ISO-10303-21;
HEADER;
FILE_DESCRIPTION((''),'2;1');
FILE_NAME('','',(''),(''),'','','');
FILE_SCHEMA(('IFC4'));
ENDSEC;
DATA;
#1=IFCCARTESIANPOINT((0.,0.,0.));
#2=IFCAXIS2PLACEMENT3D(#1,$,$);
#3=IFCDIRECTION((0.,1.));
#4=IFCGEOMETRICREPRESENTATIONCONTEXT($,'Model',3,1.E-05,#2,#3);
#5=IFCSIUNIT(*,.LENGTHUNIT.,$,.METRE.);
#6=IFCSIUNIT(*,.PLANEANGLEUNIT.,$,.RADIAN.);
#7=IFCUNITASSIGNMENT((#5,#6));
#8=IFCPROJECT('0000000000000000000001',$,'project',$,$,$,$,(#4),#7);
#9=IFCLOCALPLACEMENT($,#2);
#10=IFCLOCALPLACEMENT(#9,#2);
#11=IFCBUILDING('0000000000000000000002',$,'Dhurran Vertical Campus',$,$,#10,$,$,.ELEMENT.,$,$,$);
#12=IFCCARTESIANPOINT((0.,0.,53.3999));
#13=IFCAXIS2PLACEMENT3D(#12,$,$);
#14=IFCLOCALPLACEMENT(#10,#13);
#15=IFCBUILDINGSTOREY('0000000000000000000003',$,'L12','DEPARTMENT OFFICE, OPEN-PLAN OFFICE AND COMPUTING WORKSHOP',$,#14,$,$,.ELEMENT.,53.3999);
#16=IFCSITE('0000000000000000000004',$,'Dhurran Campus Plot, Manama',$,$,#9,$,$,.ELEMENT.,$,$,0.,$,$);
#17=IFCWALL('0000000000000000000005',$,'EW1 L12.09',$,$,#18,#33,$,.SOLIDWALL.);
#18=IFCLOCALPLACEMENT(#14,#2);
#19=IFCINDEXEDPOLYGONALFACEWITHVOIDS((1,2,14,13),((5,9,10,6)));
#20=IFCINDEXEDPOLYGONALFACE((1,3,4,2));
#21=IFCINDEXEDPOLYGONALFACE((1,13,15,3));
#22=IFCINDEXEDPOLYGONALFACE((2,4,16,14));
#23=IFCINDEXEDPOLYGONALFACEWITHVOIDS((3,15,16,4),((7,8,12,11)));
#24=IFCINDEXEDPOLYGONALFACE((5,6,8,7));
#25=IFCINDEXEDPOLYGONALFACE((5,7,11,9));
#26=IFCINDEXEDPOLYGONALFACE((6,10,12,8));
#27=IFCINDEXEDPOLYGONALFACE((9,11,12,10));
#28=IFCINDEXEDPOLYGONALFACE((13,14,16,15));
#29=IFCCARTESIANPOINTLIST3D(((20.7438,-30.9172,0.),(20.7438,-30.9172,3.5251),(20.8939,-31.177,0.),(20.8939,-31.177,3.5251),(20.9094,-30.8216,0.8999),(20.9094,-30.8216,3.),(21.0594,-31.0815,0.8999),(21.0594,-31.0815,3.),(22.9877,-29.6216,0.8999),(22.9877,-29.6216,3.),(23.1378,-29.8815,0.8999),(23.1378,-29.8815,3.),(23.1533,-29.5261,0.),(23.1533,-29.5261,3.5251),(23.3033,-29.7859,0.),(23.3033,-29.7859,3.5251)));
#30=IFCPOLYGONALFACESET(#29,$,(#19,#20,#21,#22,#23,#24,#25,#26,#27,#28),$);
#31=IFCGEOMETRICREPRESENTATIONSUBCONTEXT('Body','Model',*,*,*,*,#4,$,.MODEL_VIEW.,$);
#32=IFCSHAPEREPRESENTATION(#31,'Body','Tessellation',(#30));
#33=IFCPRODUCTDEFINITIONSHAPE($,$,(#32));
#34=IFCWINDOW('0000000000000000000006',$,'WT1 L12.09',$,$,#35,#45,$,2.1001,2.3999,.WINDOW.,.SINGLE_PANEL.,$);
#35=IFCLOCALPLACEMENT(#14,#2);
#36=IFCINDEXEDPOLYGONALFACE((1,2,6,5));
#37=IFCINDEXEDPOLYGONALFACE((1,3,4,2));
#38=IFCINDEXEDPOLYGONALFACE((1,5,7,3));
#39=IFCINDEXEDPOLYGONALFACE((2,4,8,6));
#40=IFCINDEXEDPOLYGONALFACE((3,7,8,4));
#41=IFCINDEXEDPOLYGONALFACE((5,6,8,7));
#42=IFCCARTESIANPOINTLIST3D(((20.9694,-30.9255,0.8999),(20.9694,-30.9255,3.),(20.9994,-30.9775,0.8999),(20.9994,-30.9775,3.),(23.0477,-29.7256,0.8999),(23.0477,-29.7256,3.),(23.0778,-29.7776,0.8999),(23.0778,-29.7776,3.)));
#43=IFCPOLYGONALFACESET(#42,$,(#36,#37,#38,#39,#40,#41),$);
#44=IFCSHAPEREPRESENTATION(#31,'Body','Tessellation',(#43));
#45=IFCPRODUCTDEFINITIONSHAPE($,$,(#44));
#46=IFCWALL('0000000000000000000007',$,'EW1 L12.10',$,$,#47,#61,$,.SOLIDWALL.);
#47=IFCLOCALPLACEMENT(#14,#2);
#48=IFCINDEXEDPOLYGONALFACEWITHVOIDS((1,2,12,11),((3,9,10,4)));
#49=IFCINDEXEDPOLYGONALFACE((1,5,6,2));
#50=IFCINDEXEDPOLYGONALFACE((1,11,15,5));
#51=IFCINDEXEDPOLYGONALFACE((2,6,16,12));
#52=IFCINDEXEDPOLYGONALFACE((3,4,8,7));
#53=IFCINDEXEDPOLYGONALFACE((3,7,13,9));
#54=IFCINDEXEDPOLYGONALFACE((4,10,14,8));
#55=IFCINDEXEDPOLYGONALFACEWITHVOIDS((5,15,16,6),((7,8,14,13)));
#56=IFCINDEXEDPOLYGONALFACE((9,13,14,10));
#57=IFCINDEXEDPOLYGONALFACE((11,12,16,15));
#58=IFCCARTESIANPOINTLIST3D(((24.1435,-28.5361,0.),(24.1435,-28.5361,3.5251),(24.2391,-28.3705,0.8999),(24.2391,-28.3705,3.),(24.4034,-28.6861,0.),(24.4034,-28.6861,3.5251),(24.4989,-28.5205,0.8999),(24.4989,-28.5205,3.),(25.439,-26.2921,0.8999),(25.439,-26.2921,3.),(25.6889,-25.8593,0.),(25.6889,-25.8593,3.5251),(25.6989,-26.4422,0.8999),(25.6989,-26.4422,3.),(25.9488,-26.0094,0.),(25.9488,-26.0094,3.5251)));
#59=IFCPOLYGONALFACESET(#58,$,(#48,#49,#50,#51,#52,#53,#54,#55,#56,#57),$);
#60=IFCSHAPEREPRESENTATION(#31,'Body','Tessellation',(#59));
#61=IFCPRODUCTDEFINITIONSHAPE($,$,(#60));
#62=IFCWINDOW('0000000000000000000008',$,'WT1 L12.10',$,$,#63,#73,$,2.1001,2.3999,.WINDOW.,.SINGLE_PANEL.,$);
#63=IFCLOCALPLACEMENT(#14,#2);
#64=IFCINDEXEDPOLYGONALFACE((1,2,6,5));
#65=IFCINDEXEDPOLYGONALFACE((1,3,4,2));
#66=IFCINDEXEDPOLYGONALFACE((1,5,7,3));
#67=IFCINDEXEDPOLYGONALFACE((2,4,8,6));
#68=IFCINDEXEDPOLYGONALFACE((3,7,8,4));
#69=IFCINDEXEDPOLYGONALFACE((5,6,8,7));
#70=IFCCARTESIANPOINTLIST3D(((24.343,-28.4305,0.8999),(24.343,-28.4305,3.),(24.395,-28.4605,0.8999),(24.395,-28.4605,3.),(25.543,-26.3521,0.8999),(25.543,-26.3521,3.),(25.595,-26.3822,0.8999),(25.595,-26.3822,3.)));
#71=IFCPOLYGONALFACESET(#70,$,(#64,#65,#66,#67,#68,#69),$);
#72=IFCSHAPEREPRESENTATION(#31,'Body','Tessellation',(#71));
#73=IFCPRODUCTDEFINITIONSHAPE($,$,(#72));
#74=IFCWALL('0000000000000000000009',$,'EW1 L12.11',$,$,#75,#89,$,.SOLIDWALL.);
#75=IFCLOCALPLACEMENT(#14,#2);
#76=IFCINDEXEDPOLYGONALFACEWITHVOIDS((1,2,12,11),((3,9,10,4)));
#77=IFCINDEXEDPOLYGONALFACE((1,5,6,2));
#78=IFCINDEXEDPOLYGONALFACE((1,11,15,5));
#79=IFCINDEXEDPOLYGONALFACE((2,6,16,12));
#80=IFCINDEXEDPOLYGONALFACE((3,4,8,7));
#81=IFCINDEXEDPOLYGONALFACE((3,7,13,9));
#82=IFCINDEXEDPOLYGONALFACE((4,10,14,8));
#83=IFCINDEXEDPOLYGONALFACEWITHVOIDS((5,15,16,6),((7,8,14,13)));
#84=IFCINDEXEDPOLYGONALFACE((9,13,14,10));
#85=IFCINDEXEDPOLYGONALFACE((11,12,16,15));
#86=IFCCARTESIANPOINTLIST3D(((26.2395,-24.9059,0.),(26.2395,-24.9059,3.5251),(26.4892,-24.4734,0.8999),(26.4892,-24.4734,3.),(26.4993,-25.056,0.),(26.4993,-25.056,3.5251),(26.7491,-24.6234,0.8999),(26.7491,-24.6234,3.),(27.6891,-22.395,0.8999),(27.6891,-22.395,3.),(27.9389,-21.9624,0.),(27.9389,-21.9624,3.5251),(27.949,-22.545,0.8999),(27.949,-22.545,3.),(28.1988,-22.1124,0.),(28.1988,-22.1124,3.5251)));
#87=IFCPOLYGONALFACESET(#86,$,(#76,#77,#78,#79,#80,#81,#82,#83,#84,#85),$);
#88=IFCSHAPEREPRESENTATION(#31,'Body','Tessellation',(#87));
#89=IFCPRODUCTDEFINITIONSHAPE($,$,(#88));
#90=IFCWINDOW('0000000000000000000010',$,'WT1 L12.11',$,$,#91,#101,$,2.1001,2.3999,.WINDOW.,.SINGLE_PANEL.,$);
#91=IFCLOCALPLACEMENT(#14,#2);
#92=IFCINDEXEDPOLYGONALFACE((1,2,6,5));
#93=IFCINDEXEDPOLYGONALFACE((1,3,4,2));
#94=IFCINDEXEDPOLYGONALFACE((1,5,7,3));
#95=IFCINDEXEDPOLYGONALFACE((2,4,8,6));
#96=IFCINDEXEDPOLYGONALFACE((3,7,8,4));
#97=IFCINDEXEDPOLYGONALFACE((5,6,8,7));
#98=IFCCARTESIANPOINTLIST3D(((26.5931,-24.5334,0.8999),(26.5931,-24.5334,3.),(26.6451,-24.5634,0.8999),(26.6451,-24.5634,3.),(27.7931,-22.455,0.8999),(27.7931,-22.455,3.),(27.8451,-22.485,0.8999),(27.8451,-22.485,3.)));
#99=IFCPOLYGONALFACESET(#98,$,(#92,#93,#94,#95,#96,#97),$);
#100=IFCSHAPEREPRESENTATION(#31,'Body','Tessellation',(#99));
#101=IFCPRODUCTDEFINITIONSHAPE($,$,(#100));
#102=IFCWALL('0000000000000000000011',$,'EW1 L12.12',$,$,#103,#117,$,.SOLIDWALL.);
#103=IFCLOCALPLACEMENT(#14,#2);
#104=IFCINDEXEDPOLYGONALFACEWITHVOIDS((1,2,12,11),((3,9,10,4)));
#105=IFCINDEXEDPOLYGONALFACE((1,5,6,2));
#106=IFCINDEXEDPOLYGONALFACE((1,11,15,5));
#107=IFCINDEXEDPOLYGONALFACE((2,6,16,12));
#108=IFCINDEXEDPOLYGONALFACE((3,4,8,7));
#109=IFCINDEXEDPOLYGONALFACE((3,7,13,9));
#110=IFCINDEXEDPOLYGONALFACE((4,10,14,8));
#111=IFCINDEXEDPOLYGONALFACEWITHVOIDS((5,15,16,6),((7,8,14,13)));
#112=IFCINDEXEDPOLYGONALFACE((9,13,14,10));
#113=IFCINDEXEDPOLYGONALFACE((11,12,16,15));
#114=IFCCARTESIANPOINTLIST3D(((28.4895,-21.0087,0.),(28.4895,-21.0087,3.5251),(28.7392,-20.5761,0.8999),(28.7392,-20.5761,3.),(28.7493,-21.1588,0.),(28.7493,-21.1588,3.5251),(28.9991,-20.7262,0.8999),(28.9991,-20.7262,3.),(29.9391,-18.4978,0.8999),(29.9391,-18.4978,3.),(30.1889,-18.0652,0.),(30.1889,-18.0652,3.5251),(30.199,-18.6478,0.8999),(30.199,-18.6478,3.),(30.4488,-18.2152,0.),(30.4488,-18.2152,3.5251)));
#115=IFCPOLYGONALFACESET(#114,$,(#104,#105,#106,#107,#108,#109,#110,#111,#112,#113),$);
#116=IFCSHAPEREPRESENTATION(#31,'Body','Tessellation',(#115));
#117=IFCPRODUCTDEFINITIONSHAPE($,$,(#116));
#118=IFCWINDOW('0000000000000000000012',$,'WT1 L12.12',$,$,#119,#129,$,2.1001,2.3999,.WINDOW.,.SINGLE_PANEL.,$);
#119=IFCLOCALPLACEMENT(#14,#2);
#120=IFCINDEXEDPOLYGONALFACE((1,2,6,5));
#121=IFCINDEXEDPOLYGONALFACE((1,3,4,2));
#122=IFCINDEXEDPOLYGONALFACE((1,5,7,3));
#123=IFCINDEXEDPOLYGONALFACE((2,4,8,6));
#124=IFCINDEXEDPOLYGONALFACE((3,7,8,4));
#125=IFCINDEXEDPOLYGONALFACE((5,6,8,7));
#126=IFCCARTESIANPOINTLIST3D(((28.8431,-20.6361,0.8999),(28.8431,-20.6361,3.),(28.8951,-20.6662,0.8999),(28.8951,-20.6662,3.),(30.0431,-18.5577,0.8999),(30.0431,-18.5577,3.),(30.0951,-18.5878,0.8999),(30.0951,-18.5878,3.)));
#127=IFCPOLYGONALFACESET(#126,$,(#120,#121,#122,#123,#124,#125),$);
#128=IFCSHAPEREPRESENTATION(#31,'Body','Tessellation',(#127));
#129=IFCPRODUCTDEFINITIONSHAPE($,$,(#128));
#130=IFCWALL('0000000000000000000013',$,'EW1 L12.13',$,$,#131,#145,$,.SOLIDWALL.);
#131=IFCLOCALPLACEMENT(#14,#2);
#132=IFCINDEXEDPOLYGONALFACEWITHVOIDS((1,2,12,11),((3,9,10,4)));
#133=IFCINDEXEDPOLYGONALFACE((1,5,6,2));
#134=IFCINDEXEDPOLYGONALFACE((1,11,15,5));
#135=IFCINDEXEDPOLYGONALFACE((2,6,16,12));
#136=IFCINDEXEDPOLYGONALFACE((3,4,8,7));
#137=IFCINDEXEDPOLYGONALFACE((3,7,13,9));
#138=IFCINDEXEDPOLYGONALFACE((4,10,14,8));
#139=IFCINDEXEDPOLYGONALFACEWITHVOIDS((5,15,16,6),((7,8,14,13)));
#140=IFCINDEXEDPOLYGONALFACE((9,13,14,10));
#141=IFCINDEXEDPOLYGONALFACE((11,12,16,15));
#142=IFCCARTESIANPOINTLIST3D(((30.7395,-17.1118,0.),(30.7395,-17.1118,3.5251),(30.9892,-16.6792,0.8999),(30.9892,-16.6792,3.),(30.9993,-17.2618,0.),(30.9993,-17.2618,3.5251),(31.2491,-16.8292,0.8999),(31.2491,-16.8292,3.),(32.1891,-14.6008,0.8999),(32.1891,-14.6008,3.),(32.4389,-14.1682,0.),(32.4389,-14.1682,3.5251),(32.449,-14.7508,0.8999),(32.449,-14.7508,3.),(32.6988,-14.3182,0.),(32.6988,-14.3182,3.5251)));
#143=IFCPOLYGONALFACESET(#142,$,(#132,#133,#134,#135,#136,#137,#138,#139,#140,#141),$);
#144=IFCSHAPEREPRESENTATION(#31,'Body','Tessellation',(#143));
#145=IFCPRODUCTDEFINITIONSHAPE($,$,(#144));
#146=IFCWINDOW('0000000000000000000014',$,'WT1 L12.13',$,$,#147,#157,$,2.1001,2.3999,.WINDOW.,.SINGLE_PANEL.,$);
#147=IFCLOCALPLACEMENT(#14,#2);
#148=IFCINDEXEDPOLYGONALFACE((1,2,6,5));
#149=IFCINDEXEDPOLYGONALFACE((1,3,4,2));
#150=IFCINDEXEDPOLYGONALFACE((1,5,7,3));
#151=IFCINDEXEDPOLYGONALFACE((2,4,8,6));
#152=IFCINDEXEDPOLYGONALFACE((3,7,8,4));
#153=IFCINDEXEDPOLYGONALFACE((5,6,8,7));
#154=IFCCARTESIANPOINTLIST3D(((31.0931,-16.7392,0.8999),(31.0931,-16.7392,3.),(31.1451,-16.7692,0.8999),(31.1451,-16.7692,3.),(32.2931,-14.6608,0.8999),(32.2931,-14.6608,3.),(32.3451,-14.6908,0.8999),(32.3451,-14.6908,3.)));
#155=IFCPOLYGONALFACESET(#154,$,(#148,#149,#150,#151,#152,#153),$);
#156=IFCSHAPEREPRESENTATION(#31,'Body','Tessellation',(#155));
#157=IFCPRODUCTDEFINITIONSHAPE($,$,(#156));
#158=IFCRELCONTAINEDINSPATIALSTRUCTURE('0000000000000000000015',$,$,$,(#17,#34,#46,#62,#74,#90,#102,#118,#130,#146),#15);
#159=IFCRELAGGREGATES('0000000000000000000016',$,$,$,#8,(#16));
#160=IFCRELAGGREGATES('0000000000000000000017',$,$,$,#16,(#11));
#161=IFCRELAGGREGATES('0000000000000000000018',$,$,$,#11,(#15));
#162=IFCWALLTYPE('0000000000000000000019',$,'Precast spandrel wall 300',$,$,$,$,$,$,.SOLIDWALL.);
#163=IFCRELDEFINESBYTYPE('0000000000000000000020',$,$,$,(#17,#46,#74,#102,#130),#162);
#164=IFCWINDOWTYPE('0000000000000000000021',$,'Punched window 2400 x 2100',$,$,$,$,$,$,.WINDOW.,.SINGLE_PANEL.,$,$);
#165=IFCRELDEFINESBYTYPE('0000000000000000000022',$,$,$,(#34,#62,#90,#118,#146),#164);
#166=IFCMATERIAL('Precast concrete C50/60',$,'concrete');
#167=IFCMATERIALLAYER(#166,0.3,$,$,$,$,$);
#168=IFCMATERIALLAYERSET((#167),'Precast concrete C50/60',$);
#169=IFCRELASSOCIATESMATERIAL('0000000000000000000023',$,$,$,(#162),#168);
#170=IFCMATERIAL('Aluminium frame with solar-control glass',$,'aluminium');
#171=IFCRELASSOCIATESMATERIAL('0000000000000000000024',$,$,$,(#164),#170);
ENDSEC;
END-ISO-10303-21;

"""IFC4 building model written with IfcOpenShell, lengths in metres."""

from ifc_helpers import new_model, si_unit, direction, frame, frame_2d, origin, place, context, subcontext, project, spatial, rectangle, extrude, material, layer, layer_set, type_object, element, fill, save


model = new_model("IFC4")

# Units and contexts
model_context = context("Model", 3, precision=1e-05, world=origin(), true_north=direction((0.0, 1.0)))
body_context = subcontext(model_context, "Body", "Model", "MODEL_VIEW")
ifc_project = project(units=[si_unit("LENGTHUNIT", "METRE"), si_unit("PLANEANGLEUNIT", "RADIAN")], contexts=[model_context])

# Site, building, storey
site_placement = place(None, origin())
site = spatial("IfcSite", under=ifc_project, at=site_placement, Name="Dhurran Campus Plot, Manama", CompositionType="ELEMENT", RefElevation=0.0)
building_placement = place(site_placement, origin())
building = spatial("IfcBuilding", under=site, at=building_placement, Name="Dhurran Vertical Campus", CompositionType="ELEMENT")
storey_placement = place(building_placement, frame((0.0, 0.0, 53.3999)))
storey = spatial("IfcBuildingStorey", under=building, at=storey_placement, Name="L12", Description="DEPARTMENT OFFICE, OPEN-PLAN OFFICE AND COMPUTING WORKSHOP", CompositionType="ELEMENT", Elevation=53.3999)

# Walls, openings, windows
ifc_material_1 = material(Name="Precast concrete C50/60", Category="concrete")
ifc_layer_1 = layer(ifc_material_1, 0.3)
ifc_layer_set_1 = layer_set([ifc_layer_1], Name="Precast concrete C50/60")
wall_type_1 = type_object("IfcWallType", Name="Precast spandrel wall 300", PredefinedType="SOLIDWALL", material=ifc_layer_set_1)
ifc_material_2 = material(Name="Aluminium frame with solar-control glass", Category="aluminium")
window_type = type_object("IfcWindowType", Name="Punched window 2400 x 2100", PartitioningType="SINGLE_PANEL", PredefinedType="WINDOW", material=ifc_material_2)
wall_1_placement = place(storey_placement, frame((20.8188, -31.0471, 0.0), z_axis=(0.0, 0.0, 1.0), x_axis=(0.86602, 0.500009, 0.0)))
wall_1 = element("IfcWall", 1, at=wall_1_placement, inside=storey, type_object=wall_type_1, Name="EW1 L12.09", PredefinedType="SOLIDWALL", context=body_context, shape_type="SweptSolid", body=[
    extrude(rectangle(XDim=2.7822, YDim=0.3, at=frame_2d((1.3911, 0.0))), origin(), (0.0, 0.0, 1.0), 3.5251),
])
opening_1_placement = place(wall_1_placement, frame((0.1912, 0.0, 0.8999)))
opening_1 = element("IfcOpeningElement", 2, at=opening_1_placement, cuts=wall_1, PredefinedType="OPENING", context=body_context, shape_type="SweptSolid", body=[
    extrude(rectangle(XDim=2.3999, YDim=2.1001, at=frame_2d((1.2, 1.05))), frame((0.0, 0.1599, 0.0), z_axis=(0.0, -1.0, 0.0), x_axis=(1.0, 0.0, 0.0)), (0.0, 0.0, 1.0), 0.3201),
])
window_1_placement = place(opening_1_placement, origin())
window_1 = element("IfcWindow", 3, at=window_1_placement, inside=storey, type_object=window_type, Name="WT1 L12.09", OverallHeight=2.1001, OverallWidth=2.3999, PartitioningType="SINGLE_PANEL", PredefinedType="WINDOW", context=body_context, shape_type="SweptSolid", body=[
    extrude(rectangle(XDim=2.3999, YDim=2.1001, at=frame_2d((1.2, 1.05))), frame((0.0, 0.03, 0.0), z_axis=(0.0, -1.0, 0.0), x_axis=(1.0, 0.0, 0.0)), (0.0, 0.0, 1.0), 0.0601),
])
fill(opening_1, window_1)
wall_2_placement = place(storey_placement, frame((24.2734, -28.6111, 0.0), z_axis=(0.0, 0.0, 1.0), x_axis=(0.499996, 0.866028, 0.0)))
wall_2 = element("IfcWall", 4, at=wall_2_placement, inside=storey, type_object=wall_type_1, Name="EW1 L12.10", PredefinedType="SOLIDWALL", context=body_context, shape_type="SweptSolid", body=[
    extrude(rectangle(XDim=3.0908, YDim=0.3, at=frame_2d((1.5454, 0.0))), origin(), (0.0, 0.0, 1.0), 3.5251),
])
opening_2_placement = place(wall_2_placement, frame((0.1912, 0.0, 0.8999)))
opening_2 = element("IfcOpeningElement", 5, at=opening_2_placement, cuts=wall_2, PredefinedType="OPENING", context=body_context, shape_type="SweptSolid", body=[
    extrude(rectangle(XDim=2.3999, YDim=2.1001, at=frame_2d((1.2, 1.05))), frame((0.0, 0.1599, 0.0), z_axis=(0.0, -1.0, 0.0), x_axis=(1.0, 0.0, 0.0)), (0.0, 0.0, 1.0), 0.3201),
])
window_2_placement = place(opening_2_placement, origin())
window_2 = element("IfcWindow", 6, at=window_2_placement, inside=storey, type_object=window_type, Name="WT1 L12.10", OverallHeight=2.1001, OverallWidth=2.3999, PartitioningType="SINGLE_PANEL", PredefinedType="WINDOW", context=body_context, shape_type="SweptSolid", body=[
    extrude(rectangle(XDim=2.3999, YDim=2.1001, at=frame_2d((1.2, 1.05))), frame((0.0, 0.03, 0.0), z_axis=(0.0, -1.0, 0.0), x_axis=(1.0, 0.0, 0.0)), (0.0, 0.0, 1.0), 0.0601),
])
fill(opening_2, window_2)
wall_3_placement = place(storey_placement, frame((26.3694, -24.981, 0.0), z_axis=(0.0, 0.0, 1.0), x_axis=(0.499994, 0.866029, 0.0)))
wall_3 = element("IfcWall", 7, at=wall_3_placement, inside=storey, type_object=wall_type_1, Name="EW1 L12.11", PredefinedType="SOLIDWALL", context=body_context, shape_type="SweptSolid", body=[
    extrude(rectangle(XDim=3.3989, YDim=0.3, at=frame_2d((1.6995, 0.0))), origin(), (0.0, 0.0, 1.0), 3.5251),
])
opening_3_placement = place(wall_3_placement, frame((0.4995, 0.0, 0.8999)))
opening_3 = element("IfcOpeningElement", 8, at=opening_3_placement, cuts=wall_3, PredefinedType="OPENING", context=body_context, shape_type="SweptSolid", body=[
    extrude(rectangle(XDim=2.3999, YDim=2.1001, at=frame_2d((1.2, 1.05))), frame((0.0, 0.1599, 0.0), z_axis=(0.0, -1.0, 0.0), x_axis=(1.0, 0.0, 0.0)), (0.0, 0.0, 1.0), 0.3201),
])
window_3_placement = place(opening_3_placement, origin())
window_3 = element("IfcWindow", 9, at=window_3_placement, inside=storey, type_object=window_type, Name="WT1 L12.11", OverallHeight=2.1001, OverallWidth=2.3999, PartitioningType="SINGLE_PANEL", PredefinedType="WINDOW", context=body_context, shape_type="SweptSolid", body=[
    extrude(rectangle(XDim=2.3999, YDim=2.1001, at=frame_2d((1.2, 1.05))), frame((0.0, 0.03, 0.0), z_axis=(0.0, -1.0, 0.0), x_axis=(1.0, 0.0, 0.0)), (0.0, 0.0, 1.0), 0.0601),
])
fill(opening_3, window_3)
wall_4_placement = place(storey_placement, frame((28.6194, -21.0837, 0.0), z_axis=(0.0, 0.0, 1.0), x_axis=(0.499994, 0.866029, 0.0)))
wall_4 = element("IfcWall", 10, at=wall_4_placement, inside=storey, type_object=wall_type_1, Name="EW1 L12.12", PredefinedType="SOLIDWALL", context=body_context, shape_type="SweptSolid", body=[
    extrude(rectangle(XDim=3.3989, YDim=0.3, at=frame_2d((1.6995, 0.0))), origin(), (0.0, 0.0, 1.0), 3.5251),
])
opening_4_placement = place(wall_4_placement, frame((0.4995, 0.0, 0.8999)))
opening_4 = element("IfcOpeningElement", 11, at=opening_4_placement, cuts=wall_4, PredefinedType="OPENING", context=body_context, shape_type="SweptSolid", body=[
    extrude(rectangle(XDim=2.3999, YDim=2.1001, at=frame_2d((1.2, 1.05))), frame((0.0, 0.1599, 0.0), z_axis=(0.0, -1.0, 0.0), x_axis=(1.0, 0.0, 0.0)), (0.0, 0.0, 1.0), 0.3201),
])
window_4_placement = place(opening_4_placement, origin())
window_4 = element("IfcWindow", 12, at=window_4_placement, inside=storey, type_object=window_type, Name="WT1 L12.12", OverallHeight=2.1001, OverallWidth=2.3999, PartitioningType="SINGLE_PANEL", PredefinedType="WINDOW", context=body_context, shape_type="SweptSolid", body=[
    extrude(rectangle(XDim=2.3999, YDim=2.1001, at=frame_2d((1.2, 1.05))), frame((0.0, 0.03, 0.0), z_axis=(0.0, -1.0, 0.0), x_axis=(1.0, 0.0, 0.0)), (0.0, 0.0, 1.0), 0.0601),
])
fill(opening_4, window_4)
wall_5_placement = place(storey_placement, frame((30.8694, -17.1868, 0.0), z_axis=(0.0, 0.0, 1.0), x_axis=(0.499994, 0.866029, 0.0)))
wall_5 = element("IfcWall", 13, at=wall_5_placement, inside=storey, type_object=wall_type_1, Name="EW1 L12.13", PredefinedType="SOLIDWALL", context=body_context, shape_type="SweptSolid", body=[
    extrude(rectangle(XDim=3.3989, YDim=0.3, at=frame_2d((1.6995, 0.0))), origin(), (0.0, 0.0, 1.0), 3.5251),
])
opening_5_placement = place(wall_5_placement, frame((0.4995, 0.0, 0.8999)))
opening_5 = element("IfcOpeningElement", 14, at=opening_5_placement, cuts=wall_5, PredefinedType="OPENING", context=body_context, shape_type="SweptSolid", body=[
    extrude(rectangle(XDim=2.3999, YDim=2.1001, at=frame_2d((1.2, 1.05))), frame((0.0, 0.1599, 0.0), z_axis=(0.0, -1.0, 0.0), x_axis=(1.0, 0.0, 0.0)), (0.0, 0.0, 1.0), 0.3201),
])
window_5_placement = place(opening_5_placement, origin())
window_5 = element("IfcWindow", 15, at=window_5_placement, inside=storey, type_object=window_type, Name="WT1 L12.13", OverallHeight=2.1001, OverallWidth=2.3999, PartitioningType="SINGLE_PANEL", PredefinedType="WINDOW", context=body_context, shape_type="SweptSolid", body=[
    extrude(rectangle(XDim=2.3999, YDim=2.1001, at=frame_2d((1.2, 1.05))), frame((0.0, 0.03, 0.0), z_axis=(0.0, -1.0, 0.0), x_axis=(1.0, 0.0, 0.0)), (0.0, 0.0, 1.0), 0.0601),
])
fill(opening_5, window_5)

save(model, "model.ifc")
